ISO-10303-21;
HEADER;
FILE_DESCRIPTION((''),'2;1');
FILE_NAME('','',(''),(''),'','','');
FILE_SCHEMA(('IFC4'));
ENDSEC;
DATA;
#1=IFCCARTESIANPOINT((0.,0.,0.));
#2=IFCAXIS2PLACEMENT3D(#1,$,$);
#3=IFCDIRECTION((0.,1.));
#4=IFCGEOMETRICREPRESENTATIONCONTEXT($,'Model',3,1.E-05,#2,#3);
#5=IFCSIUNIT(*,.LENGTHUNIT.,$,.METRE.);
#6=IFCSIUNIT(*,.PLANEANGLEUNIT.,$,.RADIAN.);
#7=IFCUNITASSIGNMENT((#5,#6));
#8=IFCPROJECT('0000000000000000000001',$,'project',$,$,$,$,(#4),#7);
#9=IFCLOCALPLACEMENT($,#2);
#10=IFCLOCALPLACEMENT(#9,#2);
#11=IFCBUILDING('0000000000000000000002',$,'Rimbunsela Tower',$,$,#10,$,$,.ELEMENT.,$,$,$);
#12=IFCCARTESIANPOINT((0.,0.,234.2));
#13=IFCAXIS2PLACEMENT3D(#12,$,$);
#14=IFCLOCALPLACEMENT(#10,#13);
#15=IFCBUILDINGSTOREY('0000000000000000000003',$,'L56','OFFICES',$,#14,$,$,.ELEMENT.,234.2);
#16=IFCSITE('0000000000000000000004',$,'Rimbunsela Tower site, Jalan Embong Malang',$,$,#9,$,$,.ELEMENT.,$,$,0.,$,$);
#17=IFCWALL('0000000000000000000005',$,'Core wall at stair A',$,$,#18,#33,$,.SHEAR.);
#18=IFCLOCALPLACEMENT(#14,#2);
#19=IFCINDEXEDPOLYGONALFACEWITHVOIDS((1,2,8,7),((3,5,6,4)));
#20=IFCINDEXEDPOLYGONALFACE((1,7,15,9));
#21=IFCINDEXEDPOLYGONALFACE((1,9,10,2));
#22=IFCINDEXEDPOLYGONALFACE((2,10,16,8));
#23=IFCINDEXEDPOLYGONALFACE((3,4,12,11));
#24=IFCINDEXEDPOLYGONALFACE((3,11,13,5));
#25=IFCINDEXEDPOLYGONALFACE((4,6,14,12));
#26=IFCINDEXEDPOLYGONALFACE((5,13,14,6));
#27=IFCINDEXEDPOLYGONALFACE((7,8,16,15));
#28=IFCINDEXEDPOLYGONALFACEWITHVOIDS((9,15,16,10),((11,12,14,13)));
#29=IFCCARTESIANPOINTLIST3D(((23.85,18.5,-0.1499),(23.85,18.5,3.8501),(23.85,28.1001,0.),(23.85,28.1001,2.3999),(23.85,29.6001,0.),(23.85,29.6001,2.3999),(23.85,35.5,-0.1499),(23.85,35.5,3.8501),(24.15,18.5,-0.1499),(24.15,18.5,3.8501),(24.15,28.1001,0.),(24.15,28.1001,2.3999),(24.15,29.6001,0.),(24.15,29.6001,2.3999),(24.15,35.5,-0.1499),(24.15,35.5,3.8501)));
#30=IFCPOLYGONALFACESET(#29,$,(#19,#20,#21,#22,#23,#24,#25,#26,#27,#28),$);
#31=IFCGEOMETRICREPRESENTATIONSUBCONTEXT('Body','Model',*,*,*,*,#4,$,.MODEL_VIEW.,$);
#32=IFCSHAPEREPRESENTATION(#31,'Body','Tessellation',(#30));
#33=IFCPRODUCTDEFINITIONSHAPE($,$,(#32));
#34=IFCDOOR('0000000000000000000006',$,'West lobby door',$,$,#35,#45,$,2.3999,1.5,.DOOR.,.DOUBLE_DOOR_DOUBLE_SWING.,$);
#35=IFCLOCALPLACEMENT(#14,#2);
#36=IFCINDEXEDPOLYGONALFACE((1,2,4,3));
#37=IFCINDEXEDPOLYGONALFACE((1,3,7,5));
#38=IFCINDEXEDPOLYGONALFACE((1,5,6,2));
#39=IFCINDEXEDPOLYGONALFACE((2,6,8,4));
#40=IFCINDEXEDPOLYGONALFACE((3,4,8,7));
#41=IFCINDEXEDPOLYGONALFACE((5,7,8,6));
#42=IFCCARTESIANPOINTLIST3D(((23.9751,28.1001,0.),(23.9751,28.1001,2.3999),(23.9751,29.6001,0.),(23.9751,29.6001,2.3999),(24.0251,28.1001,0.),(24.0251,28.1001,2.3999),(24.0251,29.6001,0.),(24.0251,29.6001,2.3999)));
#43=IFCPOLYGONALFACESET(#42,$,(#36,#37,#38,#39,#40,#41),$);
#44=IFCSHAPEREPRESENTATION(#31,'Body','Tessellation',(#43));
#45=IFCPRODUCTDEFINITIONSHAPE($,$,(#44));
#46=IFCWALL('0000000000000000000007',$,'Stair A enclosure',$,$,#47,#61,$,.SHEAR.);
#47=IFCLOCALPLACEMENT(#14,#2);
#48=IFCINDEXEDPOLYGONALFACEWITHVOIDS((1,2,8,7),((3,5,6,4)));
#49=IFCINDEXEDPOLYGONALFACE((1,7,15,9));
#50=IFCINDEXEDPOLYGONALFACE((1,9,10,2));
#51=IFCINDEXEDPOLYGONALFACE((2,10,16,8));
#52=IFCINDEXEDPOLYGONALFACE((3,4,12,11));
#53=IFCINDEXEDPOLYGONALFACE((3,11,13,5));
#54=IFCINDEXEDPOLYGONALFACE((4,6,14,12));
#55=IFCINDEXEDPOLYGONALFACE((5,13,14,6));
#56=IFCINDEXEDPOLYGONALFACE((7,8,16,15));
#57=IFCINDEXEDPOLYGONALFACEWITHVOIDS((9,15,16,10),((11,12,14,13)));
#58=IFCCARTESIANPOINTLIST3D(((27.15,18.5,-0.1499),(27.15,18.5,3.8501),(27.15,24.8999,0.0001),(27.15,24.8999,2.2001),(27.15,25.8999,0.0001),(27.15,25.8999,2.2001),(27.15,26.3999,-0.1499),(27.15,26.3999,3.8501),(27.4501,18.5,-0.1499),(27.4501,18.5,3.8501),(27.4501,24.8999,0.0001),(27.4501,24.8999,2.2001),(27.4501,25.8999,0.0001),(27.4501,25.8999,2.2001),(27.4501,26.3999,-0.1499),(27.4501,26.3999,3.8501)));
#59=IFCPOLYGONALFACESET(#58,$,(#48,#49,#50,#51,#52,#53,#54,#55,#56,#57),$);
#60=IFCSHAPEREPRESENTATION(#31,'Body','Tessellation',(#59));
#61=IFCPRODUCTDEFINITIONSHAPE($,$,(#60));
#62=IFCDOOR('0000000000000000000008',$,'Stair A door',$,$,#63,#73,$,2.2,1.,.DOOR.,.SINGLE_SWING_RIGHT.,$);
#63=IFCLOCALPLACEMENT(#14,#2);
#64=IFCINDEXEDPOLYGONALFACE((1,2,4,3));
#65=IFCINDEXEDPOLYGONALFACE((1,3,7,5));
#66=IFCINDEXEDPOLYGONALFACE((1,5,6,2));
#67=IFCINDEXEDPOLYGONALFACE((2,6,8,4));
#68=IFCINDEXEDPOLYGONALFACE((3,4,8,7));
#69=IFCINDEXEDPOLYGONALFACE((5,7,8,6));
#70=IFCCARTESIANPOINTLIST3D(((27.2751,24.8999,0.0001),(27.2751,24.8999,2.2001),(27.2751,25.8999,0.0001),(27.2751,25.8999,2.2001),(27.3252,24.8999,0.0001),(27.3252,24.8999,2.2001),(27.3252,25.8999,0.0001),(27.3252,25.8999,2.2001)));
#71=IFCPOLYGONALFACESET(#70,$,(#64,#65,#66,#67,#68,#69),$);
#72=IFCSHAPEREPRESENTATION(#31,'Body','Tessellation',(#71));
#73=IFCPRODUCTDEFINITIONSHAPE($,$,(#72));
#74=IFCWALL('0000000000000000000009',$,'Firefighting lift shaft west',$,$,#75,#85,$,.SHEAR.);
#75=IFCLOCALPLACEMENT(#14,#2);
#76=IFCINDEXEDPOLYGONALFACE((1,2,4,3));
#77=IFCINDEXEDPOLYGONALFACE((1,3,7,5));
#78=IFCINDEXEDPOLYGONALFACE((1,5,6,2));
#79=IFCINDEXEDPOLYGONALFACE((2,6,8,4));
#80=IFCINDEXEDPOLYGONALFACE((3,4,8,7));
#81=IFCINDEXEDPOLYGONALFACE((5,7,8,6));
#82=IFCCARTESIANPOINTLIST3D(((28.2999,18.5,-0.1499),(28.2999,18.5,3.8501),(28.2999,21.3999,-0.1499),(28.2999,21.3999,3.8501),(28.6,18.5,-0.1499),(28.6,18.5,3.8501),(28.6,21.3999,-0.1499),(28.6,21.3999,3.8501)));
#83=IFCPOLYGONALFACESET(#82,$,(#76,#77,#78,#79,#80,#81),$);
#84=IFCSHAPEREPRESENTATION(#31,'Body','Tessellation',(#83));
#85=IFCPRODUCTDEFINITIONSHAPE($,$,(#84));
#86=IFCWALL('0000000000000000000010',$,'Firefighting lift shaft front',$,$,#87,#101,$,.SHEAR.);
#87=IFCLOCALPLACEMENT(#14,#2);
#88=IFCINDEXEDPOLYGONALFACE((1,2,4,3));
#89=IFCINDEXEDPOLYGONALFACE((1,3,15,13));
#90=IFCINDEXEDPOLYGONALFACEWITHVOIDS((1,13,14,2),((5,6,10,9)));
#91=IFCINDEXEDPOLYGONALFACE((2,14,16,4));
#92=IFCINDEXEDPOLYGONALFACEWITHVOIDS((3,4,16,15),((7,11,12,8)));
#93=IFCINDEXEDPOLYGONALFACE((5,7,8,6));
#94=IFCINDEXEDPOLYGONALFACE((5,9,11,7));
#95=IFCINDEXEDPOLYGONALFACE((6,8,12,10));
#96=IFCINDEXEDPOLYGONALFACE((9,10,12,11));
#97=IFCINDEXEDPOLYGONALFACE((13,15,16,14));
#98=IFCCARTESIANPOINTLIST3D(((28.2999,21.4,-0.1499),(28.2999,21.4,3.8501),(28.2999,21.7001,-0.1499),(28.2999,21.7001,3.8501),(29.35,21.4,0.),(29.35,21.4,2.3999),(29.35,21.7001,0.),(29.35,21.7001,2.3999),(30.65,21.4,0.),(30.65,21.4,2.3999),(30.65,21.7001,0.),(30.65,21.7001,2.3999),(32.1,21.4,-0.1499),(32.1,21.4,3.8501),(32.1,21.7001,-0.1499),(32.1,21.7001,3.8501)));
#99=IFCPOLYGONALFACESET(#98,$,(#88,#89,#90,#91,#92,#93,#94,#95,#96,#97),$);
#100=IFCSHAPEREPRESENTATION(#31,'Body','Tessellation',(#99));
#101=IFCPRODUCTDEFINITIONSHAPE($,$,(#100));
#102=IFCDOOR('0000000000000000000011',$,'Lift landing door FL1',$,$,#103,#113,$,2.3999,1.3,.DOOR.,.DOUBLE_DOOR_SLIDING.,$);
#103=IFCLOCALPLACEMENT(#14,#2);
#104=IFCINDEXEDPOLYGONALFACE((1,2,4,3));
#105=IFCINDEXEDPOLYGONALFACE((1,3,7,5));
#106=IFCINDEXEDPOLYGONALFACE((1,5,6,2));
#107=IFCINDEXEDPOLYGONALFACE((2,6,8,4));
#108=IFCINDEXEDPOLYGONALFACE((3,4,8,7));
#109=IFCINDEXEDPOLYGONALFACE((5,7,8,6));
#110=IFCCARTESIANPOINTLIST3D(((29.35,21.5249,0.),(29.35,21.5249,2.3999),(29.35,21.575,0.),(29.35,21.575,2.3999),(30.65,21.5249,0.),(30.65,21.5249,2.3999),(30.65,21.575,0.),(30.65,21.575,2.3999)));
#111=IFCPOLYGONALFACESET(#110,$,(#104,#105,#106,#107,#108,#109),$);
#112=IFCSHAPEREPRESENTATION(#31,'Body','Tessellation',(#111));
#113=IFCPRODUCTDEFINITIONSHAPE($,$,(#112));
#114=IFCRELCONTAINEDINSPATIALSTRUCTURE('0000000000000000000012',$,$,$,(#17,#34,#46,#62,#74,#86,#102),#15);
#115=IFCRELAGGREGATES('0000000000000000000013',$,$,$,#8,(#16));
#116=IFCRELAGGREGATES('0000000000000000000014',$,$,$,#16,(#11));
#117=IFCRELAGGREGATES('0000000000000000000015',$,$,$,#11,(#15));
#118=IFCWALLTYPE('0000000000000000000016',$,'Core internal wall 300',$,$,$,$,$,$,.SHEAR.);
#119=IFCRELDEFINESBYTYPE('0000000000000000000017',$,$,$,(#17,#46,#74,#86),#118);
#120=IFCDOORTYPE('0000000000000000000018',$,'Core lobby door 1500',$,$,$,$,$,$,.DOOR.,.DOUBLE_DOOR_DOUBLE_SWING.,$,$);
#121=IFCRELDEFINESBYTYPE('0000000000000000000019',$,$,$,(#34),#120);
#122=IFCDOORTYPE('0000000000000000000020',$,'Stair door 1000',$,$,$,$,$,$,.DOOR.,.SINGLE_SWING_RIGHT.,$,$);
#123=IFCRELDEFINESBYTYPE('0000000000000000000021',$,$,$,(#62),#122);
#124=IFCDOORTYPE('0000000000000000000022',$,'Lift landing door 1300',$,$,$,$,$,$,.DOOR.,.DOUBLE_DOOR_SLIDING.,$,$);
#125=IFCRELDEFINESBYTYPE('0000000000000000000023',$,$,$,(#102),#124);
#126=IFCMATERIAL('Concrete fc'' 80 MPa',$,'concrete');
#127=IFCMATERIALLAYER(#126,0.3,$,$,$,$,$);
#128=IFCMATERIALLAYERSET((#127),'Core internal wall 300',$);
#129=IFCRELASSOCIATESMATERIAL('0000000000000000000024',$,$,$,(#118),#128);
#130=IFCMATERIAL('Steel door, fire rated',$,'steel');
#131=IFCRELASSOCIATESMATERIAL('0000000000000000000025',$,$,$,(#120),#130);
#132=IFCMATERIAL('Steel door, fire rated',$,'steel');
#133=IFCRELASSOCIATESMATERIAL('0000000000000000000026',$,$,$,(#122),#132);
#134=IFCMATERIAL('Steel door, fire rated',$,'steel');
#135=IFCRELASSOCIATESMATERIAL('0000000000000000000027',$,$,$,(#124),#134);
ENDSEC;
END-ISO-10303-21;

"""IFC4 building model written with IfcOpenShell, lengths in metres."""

from ifc_helpers import new_model, si_unit, direction, frame, frame_2d, origin, place, context, subcontext, project, spatial, rectangle, extrude, material, layer, layer_set, type_object, element, fill, save


model = new_model("IFC4")

# Units and contexts
model_context = context("Model", 3, precision=1e-05, world=origin(), true_north=direction((0.0, 1.0)))
body_context = subcontext(model_context, "Body", "Model", "MODEL_VIEW")
ifc_project = project(units=[si_unit("LENGTHUNIT", "METRE"), si_unit("PLANEANGLEUNIT", "RADIAN")], contexts=[model_context])

# Site, building, storey
site_placement = place(None, origin())
site = spatial("IfcSite", under=ifc_project, at=site_placement, Name="Rimbunsela Tower site, Jalan Embong Malang", CompositionType="ELEMENT", RefElevation=0.0)
building_placement = place(site_placement, origin())
building = spatial("IfcBuilding", under=site, at=building_placement, Name="Rimbunsela Tower", CompositionType="ELEMENT")
storey_placement = place(building_placement, frame((0.0, 0.0, 234.2)))
storey = spatial("IfcBuildingStorey", under=building, at=storey_placement, Name="L56", Description="OFFICES", CompositionType="ELEMENT", Elevation=234.2)

# Walls, openings, doors
ifc_material_1 = material(Name="Concrete fc' 80 MPa", Category="concrete")
ifc_layer_1 = layer(ifc_material_1, 0.3)
ifc_layer_set_1 = layer_set([ifc_layer_1], Name="Core internal wall 300")
wall_type_1 = type_object("IfcWallType", Name="Core internal wall 300", PredefinedType="SHEAR", material=ifc_layer_set_1)
wall_1_placement = place(storey_placement, frame((24.0, 18.5, -0.1499), z_axis=(0.0, 0.0, 1.0), x_axis=(0.0, 1.0, 0.0)))
wall_1 = element("IfcWall", 1, at=wall_1_placement, inside=storey, type_object=wall_type_1, Name="Core wall at stair A", PredefinedType="SHEAR", context=body_context, shape_type="SweptSolid", body=[
    extrude(rectangle(XDim=17.0, YDim=0.3, at=frame_2d((8.5, 0.0))), origin(), (0.0, 0.0, 1.0), 4.0),
])
opening_1_placement = place(wall_1_placement, frame((9.6001, 0.0, 0.1499)))
opening_1 = element("IfcOpeningElement", 2, at=opening_1_placement, cuts=wall_1, PredefinedType="OPENING", context=body_context, shape_type="SweptSolid", body=[
    extrude(rectangle(XDim=1.5, YDim=2.3999, at=frame_2d((0.75, 1.2))), frame((0.0, 0.1599, 0.0), z_axis=(0.0, -1.0, 0.0), x_axis=(1.0, 0.0, 0.0)), (0.0, 0.0, 1.0), 0.3201),
])
ifc_material_2 = material(Name="Steel door, fire rated", Category="steel")
door_type_1 = type_object("IfcDoorType", Name="Core lobby door 1500", OperationType="DOUBLE_DOOR_DOUBLE_SWING", PredefinedType="DOOR", material=ifc_material_2)
door_1_placement = place(opening_1_placement, origin())
door_1 = element("IfcDoor", 3, at=door_1_placement, inside=storey, type_object=door_type_1, Name="West lobby door", OperationType="DOUBLE_DOOR_DOUBLE_SWING", OverallHeight=2.3999, OverallWidth=1.5, PredefinedType="DOOR", context=body_context, shape_type="SweptSolid", body=[
    extrude(rectangle(XDim=1.5, YDim=2.3999, at=frame_2d((0.75, 1.2))), frame((0.0, 0.0249, 0.0), z_axis=(0.0, -1.0, 0.0), x_axis=(1.0, 0.0, 0.0)), (0.0, 0.0, 1.0), 0.05),
])
fill(opening_1, door_1)
wall_2_placement = place(storey_placement, frame((27.3, 18.5, -0.1499), z_axis=(0.0, 0.0, 1.0), x_axis=(0.0, 1.0, 0.0)))
wall_2 = element("IfcWall", 4, at=wall_2_placement, inside=storey, type_object=wall_type_1, Name="Stair A enclosure", PredefinedType="SHEAR", context=body_context, shape_type="SweptSolid", body=[
    extrude(rectangle(XDim=7.8999, YDim=0.3, at=frame_2d((3.95, 0.0))), origin(), (0.0, 0.0, 1.0), 4.0),
])
opening_2_placement = place(wall_2_placement, frame((6.3999, 0.0, 0.1499)))
opening_2 = element("IfcOpeningElement", 5, at=opening_2_placement, cuts=wall_2, PredefinedType="OPENING", context=body_context, shape_type="SweptSolid", body=[
    extrude(rectangle(XDim=1.0, YDim=2.2, at=frame_2d((0.5, 1.1001))), frame((0.0, 0.1599, 0.0), z_axis=(0.0, -1.0, 0.0), x_axis=(1.0, 0.0, 0.0)), (0.0, 0.0, 1.0), 0.3201),
])
ifc_material_3 = material(Name="Steel door, fire rated", Category="steel")
door_type_2 = type_object("IfcDoorType", Name="Stair door 1000", OperationType="SINGLE_SWING_RIGHT", PredefinedType="DOOR", material=ifc_material_3)
door_2_placement = place(opening_2_placement, origin())
door_2 = element("IfcDoor", 6, at=door_2_placement, inside=storey, type_object=door_type_2, Name="Stair A door", OperationType="SINGLE_SWING_RIGHT", OverallHeight=2.2, OverallWidth=1.0, PredefinedType="DOOR", context=body_context, shape_type="SweptSolid", body=[
    extrude(rectangle(XDim=1.0, YDim=2.2, at=frame_2d((0.5, 1.1001))), frame((0.0, 0.0249, 0.0), z_axis=(0.0, -1.0, 0.0), x_axis=(1.0, 0.0, 0.0)), (0.0, 0.0, 1.0), 0.05),
])
fill(opening_2, door_2)

# Wall
wall_3_placement = place(storey_placement, frame((28.45, 18.5, -0.1499), z_axis=(0.0, 0.0, 1.0), x_axis=(0.0, 1.0, 0.0)))
element("IfcWall", 7, at=wall_3_placement, inside=storey, type_object=wall_type_1, Name="Firefighting lift shaft west", PredefinedType="SHEAR", context=body_context, shape_type="SweptSolid", body=[
    extrude(rectangle(XDim=2.8999, YDim=0.3, at=frame_2d((1.45, 0.0))), origin(), (0.0, 0.0, 1.0), 4.0),
])

# Wall, opening, door
wall_4_placement = place(storey_placement, frame((28.3, 21.55, -0.1499), z_axis=(0.0, 0.0, 1.0), x_axis=(1.0, 0.0, 0.0)))
wall_4 = element("IfcWall", 8, at=wall_4_placement, inside=storey, type_object=wall_type_1, Name="Firefighting lift shaft front", PredefinedType="SHEAR", context=body_context, shape_type="SweptSolid", body=[
    extrude(rectangle(XDim=3.8, YDim=0.3, at=frame_2d((1.8999, 0.0))), origin(), (0.0, 0.0, 1.0), 4.0),
])
opening_3_placement = place(wall_4_placement, frame((1.05, 0.0, 0.1499)))
opening_3 = element("IfcOpeningElement", 9, at=opening_3_placement, cuts=wall_4, PredefinedType="OPENING", context=body_context, shape_type="SweptSolid", body=[
    extrude(rectangle(XDim=1.3, YDim=2.3999, at=frame_2d((0.6499, 1.2))), frame((0.0, 0.1599, 0.0), z_axis=(0.0, -1.0, 0.0), x_axis=(1.0, 0.0, 0.0)), (0.0, 0.0, 1.0), 0.3201),
])
ifc_material_4 = material(Name="Steel door, fire rated", Category="steel")
door_type_3 = type_object("IfcDoorType", Name="Lift landing door 1300", OperationType="DOUBLE_DOOR_SLIDING", PredefinedType="DOOR", material=ifc_material_4)
door_3_placement = place(opening_3_placement, origin())
door_3 = element("IfcDoor", 10, at=door_3_placement, inside=storey, type_object=door_type_3, Name="Lift landing door FL1", OperationType="DOUBLE_DOOR_SLIDING", OverallHeight=2.3999, OverallWidth=1.3, PredefinedType="DOOR", context=body_context, shape_type="SweptSolid", body=[
    extrude(rectangle(XDim=1.3, YDim=2.3999, at=frame_2d((0.6499, 1.2))), frame((0.0, 0.0249, 0.0), z_axis=(0.0, -1.0, 0.0), x_axis=(1.0, 0.0, 0.0)), (0.0, 0.0, 1.0), 0.05),
])
fill(opening_3, door_3)

save(model, "model.ifc")
